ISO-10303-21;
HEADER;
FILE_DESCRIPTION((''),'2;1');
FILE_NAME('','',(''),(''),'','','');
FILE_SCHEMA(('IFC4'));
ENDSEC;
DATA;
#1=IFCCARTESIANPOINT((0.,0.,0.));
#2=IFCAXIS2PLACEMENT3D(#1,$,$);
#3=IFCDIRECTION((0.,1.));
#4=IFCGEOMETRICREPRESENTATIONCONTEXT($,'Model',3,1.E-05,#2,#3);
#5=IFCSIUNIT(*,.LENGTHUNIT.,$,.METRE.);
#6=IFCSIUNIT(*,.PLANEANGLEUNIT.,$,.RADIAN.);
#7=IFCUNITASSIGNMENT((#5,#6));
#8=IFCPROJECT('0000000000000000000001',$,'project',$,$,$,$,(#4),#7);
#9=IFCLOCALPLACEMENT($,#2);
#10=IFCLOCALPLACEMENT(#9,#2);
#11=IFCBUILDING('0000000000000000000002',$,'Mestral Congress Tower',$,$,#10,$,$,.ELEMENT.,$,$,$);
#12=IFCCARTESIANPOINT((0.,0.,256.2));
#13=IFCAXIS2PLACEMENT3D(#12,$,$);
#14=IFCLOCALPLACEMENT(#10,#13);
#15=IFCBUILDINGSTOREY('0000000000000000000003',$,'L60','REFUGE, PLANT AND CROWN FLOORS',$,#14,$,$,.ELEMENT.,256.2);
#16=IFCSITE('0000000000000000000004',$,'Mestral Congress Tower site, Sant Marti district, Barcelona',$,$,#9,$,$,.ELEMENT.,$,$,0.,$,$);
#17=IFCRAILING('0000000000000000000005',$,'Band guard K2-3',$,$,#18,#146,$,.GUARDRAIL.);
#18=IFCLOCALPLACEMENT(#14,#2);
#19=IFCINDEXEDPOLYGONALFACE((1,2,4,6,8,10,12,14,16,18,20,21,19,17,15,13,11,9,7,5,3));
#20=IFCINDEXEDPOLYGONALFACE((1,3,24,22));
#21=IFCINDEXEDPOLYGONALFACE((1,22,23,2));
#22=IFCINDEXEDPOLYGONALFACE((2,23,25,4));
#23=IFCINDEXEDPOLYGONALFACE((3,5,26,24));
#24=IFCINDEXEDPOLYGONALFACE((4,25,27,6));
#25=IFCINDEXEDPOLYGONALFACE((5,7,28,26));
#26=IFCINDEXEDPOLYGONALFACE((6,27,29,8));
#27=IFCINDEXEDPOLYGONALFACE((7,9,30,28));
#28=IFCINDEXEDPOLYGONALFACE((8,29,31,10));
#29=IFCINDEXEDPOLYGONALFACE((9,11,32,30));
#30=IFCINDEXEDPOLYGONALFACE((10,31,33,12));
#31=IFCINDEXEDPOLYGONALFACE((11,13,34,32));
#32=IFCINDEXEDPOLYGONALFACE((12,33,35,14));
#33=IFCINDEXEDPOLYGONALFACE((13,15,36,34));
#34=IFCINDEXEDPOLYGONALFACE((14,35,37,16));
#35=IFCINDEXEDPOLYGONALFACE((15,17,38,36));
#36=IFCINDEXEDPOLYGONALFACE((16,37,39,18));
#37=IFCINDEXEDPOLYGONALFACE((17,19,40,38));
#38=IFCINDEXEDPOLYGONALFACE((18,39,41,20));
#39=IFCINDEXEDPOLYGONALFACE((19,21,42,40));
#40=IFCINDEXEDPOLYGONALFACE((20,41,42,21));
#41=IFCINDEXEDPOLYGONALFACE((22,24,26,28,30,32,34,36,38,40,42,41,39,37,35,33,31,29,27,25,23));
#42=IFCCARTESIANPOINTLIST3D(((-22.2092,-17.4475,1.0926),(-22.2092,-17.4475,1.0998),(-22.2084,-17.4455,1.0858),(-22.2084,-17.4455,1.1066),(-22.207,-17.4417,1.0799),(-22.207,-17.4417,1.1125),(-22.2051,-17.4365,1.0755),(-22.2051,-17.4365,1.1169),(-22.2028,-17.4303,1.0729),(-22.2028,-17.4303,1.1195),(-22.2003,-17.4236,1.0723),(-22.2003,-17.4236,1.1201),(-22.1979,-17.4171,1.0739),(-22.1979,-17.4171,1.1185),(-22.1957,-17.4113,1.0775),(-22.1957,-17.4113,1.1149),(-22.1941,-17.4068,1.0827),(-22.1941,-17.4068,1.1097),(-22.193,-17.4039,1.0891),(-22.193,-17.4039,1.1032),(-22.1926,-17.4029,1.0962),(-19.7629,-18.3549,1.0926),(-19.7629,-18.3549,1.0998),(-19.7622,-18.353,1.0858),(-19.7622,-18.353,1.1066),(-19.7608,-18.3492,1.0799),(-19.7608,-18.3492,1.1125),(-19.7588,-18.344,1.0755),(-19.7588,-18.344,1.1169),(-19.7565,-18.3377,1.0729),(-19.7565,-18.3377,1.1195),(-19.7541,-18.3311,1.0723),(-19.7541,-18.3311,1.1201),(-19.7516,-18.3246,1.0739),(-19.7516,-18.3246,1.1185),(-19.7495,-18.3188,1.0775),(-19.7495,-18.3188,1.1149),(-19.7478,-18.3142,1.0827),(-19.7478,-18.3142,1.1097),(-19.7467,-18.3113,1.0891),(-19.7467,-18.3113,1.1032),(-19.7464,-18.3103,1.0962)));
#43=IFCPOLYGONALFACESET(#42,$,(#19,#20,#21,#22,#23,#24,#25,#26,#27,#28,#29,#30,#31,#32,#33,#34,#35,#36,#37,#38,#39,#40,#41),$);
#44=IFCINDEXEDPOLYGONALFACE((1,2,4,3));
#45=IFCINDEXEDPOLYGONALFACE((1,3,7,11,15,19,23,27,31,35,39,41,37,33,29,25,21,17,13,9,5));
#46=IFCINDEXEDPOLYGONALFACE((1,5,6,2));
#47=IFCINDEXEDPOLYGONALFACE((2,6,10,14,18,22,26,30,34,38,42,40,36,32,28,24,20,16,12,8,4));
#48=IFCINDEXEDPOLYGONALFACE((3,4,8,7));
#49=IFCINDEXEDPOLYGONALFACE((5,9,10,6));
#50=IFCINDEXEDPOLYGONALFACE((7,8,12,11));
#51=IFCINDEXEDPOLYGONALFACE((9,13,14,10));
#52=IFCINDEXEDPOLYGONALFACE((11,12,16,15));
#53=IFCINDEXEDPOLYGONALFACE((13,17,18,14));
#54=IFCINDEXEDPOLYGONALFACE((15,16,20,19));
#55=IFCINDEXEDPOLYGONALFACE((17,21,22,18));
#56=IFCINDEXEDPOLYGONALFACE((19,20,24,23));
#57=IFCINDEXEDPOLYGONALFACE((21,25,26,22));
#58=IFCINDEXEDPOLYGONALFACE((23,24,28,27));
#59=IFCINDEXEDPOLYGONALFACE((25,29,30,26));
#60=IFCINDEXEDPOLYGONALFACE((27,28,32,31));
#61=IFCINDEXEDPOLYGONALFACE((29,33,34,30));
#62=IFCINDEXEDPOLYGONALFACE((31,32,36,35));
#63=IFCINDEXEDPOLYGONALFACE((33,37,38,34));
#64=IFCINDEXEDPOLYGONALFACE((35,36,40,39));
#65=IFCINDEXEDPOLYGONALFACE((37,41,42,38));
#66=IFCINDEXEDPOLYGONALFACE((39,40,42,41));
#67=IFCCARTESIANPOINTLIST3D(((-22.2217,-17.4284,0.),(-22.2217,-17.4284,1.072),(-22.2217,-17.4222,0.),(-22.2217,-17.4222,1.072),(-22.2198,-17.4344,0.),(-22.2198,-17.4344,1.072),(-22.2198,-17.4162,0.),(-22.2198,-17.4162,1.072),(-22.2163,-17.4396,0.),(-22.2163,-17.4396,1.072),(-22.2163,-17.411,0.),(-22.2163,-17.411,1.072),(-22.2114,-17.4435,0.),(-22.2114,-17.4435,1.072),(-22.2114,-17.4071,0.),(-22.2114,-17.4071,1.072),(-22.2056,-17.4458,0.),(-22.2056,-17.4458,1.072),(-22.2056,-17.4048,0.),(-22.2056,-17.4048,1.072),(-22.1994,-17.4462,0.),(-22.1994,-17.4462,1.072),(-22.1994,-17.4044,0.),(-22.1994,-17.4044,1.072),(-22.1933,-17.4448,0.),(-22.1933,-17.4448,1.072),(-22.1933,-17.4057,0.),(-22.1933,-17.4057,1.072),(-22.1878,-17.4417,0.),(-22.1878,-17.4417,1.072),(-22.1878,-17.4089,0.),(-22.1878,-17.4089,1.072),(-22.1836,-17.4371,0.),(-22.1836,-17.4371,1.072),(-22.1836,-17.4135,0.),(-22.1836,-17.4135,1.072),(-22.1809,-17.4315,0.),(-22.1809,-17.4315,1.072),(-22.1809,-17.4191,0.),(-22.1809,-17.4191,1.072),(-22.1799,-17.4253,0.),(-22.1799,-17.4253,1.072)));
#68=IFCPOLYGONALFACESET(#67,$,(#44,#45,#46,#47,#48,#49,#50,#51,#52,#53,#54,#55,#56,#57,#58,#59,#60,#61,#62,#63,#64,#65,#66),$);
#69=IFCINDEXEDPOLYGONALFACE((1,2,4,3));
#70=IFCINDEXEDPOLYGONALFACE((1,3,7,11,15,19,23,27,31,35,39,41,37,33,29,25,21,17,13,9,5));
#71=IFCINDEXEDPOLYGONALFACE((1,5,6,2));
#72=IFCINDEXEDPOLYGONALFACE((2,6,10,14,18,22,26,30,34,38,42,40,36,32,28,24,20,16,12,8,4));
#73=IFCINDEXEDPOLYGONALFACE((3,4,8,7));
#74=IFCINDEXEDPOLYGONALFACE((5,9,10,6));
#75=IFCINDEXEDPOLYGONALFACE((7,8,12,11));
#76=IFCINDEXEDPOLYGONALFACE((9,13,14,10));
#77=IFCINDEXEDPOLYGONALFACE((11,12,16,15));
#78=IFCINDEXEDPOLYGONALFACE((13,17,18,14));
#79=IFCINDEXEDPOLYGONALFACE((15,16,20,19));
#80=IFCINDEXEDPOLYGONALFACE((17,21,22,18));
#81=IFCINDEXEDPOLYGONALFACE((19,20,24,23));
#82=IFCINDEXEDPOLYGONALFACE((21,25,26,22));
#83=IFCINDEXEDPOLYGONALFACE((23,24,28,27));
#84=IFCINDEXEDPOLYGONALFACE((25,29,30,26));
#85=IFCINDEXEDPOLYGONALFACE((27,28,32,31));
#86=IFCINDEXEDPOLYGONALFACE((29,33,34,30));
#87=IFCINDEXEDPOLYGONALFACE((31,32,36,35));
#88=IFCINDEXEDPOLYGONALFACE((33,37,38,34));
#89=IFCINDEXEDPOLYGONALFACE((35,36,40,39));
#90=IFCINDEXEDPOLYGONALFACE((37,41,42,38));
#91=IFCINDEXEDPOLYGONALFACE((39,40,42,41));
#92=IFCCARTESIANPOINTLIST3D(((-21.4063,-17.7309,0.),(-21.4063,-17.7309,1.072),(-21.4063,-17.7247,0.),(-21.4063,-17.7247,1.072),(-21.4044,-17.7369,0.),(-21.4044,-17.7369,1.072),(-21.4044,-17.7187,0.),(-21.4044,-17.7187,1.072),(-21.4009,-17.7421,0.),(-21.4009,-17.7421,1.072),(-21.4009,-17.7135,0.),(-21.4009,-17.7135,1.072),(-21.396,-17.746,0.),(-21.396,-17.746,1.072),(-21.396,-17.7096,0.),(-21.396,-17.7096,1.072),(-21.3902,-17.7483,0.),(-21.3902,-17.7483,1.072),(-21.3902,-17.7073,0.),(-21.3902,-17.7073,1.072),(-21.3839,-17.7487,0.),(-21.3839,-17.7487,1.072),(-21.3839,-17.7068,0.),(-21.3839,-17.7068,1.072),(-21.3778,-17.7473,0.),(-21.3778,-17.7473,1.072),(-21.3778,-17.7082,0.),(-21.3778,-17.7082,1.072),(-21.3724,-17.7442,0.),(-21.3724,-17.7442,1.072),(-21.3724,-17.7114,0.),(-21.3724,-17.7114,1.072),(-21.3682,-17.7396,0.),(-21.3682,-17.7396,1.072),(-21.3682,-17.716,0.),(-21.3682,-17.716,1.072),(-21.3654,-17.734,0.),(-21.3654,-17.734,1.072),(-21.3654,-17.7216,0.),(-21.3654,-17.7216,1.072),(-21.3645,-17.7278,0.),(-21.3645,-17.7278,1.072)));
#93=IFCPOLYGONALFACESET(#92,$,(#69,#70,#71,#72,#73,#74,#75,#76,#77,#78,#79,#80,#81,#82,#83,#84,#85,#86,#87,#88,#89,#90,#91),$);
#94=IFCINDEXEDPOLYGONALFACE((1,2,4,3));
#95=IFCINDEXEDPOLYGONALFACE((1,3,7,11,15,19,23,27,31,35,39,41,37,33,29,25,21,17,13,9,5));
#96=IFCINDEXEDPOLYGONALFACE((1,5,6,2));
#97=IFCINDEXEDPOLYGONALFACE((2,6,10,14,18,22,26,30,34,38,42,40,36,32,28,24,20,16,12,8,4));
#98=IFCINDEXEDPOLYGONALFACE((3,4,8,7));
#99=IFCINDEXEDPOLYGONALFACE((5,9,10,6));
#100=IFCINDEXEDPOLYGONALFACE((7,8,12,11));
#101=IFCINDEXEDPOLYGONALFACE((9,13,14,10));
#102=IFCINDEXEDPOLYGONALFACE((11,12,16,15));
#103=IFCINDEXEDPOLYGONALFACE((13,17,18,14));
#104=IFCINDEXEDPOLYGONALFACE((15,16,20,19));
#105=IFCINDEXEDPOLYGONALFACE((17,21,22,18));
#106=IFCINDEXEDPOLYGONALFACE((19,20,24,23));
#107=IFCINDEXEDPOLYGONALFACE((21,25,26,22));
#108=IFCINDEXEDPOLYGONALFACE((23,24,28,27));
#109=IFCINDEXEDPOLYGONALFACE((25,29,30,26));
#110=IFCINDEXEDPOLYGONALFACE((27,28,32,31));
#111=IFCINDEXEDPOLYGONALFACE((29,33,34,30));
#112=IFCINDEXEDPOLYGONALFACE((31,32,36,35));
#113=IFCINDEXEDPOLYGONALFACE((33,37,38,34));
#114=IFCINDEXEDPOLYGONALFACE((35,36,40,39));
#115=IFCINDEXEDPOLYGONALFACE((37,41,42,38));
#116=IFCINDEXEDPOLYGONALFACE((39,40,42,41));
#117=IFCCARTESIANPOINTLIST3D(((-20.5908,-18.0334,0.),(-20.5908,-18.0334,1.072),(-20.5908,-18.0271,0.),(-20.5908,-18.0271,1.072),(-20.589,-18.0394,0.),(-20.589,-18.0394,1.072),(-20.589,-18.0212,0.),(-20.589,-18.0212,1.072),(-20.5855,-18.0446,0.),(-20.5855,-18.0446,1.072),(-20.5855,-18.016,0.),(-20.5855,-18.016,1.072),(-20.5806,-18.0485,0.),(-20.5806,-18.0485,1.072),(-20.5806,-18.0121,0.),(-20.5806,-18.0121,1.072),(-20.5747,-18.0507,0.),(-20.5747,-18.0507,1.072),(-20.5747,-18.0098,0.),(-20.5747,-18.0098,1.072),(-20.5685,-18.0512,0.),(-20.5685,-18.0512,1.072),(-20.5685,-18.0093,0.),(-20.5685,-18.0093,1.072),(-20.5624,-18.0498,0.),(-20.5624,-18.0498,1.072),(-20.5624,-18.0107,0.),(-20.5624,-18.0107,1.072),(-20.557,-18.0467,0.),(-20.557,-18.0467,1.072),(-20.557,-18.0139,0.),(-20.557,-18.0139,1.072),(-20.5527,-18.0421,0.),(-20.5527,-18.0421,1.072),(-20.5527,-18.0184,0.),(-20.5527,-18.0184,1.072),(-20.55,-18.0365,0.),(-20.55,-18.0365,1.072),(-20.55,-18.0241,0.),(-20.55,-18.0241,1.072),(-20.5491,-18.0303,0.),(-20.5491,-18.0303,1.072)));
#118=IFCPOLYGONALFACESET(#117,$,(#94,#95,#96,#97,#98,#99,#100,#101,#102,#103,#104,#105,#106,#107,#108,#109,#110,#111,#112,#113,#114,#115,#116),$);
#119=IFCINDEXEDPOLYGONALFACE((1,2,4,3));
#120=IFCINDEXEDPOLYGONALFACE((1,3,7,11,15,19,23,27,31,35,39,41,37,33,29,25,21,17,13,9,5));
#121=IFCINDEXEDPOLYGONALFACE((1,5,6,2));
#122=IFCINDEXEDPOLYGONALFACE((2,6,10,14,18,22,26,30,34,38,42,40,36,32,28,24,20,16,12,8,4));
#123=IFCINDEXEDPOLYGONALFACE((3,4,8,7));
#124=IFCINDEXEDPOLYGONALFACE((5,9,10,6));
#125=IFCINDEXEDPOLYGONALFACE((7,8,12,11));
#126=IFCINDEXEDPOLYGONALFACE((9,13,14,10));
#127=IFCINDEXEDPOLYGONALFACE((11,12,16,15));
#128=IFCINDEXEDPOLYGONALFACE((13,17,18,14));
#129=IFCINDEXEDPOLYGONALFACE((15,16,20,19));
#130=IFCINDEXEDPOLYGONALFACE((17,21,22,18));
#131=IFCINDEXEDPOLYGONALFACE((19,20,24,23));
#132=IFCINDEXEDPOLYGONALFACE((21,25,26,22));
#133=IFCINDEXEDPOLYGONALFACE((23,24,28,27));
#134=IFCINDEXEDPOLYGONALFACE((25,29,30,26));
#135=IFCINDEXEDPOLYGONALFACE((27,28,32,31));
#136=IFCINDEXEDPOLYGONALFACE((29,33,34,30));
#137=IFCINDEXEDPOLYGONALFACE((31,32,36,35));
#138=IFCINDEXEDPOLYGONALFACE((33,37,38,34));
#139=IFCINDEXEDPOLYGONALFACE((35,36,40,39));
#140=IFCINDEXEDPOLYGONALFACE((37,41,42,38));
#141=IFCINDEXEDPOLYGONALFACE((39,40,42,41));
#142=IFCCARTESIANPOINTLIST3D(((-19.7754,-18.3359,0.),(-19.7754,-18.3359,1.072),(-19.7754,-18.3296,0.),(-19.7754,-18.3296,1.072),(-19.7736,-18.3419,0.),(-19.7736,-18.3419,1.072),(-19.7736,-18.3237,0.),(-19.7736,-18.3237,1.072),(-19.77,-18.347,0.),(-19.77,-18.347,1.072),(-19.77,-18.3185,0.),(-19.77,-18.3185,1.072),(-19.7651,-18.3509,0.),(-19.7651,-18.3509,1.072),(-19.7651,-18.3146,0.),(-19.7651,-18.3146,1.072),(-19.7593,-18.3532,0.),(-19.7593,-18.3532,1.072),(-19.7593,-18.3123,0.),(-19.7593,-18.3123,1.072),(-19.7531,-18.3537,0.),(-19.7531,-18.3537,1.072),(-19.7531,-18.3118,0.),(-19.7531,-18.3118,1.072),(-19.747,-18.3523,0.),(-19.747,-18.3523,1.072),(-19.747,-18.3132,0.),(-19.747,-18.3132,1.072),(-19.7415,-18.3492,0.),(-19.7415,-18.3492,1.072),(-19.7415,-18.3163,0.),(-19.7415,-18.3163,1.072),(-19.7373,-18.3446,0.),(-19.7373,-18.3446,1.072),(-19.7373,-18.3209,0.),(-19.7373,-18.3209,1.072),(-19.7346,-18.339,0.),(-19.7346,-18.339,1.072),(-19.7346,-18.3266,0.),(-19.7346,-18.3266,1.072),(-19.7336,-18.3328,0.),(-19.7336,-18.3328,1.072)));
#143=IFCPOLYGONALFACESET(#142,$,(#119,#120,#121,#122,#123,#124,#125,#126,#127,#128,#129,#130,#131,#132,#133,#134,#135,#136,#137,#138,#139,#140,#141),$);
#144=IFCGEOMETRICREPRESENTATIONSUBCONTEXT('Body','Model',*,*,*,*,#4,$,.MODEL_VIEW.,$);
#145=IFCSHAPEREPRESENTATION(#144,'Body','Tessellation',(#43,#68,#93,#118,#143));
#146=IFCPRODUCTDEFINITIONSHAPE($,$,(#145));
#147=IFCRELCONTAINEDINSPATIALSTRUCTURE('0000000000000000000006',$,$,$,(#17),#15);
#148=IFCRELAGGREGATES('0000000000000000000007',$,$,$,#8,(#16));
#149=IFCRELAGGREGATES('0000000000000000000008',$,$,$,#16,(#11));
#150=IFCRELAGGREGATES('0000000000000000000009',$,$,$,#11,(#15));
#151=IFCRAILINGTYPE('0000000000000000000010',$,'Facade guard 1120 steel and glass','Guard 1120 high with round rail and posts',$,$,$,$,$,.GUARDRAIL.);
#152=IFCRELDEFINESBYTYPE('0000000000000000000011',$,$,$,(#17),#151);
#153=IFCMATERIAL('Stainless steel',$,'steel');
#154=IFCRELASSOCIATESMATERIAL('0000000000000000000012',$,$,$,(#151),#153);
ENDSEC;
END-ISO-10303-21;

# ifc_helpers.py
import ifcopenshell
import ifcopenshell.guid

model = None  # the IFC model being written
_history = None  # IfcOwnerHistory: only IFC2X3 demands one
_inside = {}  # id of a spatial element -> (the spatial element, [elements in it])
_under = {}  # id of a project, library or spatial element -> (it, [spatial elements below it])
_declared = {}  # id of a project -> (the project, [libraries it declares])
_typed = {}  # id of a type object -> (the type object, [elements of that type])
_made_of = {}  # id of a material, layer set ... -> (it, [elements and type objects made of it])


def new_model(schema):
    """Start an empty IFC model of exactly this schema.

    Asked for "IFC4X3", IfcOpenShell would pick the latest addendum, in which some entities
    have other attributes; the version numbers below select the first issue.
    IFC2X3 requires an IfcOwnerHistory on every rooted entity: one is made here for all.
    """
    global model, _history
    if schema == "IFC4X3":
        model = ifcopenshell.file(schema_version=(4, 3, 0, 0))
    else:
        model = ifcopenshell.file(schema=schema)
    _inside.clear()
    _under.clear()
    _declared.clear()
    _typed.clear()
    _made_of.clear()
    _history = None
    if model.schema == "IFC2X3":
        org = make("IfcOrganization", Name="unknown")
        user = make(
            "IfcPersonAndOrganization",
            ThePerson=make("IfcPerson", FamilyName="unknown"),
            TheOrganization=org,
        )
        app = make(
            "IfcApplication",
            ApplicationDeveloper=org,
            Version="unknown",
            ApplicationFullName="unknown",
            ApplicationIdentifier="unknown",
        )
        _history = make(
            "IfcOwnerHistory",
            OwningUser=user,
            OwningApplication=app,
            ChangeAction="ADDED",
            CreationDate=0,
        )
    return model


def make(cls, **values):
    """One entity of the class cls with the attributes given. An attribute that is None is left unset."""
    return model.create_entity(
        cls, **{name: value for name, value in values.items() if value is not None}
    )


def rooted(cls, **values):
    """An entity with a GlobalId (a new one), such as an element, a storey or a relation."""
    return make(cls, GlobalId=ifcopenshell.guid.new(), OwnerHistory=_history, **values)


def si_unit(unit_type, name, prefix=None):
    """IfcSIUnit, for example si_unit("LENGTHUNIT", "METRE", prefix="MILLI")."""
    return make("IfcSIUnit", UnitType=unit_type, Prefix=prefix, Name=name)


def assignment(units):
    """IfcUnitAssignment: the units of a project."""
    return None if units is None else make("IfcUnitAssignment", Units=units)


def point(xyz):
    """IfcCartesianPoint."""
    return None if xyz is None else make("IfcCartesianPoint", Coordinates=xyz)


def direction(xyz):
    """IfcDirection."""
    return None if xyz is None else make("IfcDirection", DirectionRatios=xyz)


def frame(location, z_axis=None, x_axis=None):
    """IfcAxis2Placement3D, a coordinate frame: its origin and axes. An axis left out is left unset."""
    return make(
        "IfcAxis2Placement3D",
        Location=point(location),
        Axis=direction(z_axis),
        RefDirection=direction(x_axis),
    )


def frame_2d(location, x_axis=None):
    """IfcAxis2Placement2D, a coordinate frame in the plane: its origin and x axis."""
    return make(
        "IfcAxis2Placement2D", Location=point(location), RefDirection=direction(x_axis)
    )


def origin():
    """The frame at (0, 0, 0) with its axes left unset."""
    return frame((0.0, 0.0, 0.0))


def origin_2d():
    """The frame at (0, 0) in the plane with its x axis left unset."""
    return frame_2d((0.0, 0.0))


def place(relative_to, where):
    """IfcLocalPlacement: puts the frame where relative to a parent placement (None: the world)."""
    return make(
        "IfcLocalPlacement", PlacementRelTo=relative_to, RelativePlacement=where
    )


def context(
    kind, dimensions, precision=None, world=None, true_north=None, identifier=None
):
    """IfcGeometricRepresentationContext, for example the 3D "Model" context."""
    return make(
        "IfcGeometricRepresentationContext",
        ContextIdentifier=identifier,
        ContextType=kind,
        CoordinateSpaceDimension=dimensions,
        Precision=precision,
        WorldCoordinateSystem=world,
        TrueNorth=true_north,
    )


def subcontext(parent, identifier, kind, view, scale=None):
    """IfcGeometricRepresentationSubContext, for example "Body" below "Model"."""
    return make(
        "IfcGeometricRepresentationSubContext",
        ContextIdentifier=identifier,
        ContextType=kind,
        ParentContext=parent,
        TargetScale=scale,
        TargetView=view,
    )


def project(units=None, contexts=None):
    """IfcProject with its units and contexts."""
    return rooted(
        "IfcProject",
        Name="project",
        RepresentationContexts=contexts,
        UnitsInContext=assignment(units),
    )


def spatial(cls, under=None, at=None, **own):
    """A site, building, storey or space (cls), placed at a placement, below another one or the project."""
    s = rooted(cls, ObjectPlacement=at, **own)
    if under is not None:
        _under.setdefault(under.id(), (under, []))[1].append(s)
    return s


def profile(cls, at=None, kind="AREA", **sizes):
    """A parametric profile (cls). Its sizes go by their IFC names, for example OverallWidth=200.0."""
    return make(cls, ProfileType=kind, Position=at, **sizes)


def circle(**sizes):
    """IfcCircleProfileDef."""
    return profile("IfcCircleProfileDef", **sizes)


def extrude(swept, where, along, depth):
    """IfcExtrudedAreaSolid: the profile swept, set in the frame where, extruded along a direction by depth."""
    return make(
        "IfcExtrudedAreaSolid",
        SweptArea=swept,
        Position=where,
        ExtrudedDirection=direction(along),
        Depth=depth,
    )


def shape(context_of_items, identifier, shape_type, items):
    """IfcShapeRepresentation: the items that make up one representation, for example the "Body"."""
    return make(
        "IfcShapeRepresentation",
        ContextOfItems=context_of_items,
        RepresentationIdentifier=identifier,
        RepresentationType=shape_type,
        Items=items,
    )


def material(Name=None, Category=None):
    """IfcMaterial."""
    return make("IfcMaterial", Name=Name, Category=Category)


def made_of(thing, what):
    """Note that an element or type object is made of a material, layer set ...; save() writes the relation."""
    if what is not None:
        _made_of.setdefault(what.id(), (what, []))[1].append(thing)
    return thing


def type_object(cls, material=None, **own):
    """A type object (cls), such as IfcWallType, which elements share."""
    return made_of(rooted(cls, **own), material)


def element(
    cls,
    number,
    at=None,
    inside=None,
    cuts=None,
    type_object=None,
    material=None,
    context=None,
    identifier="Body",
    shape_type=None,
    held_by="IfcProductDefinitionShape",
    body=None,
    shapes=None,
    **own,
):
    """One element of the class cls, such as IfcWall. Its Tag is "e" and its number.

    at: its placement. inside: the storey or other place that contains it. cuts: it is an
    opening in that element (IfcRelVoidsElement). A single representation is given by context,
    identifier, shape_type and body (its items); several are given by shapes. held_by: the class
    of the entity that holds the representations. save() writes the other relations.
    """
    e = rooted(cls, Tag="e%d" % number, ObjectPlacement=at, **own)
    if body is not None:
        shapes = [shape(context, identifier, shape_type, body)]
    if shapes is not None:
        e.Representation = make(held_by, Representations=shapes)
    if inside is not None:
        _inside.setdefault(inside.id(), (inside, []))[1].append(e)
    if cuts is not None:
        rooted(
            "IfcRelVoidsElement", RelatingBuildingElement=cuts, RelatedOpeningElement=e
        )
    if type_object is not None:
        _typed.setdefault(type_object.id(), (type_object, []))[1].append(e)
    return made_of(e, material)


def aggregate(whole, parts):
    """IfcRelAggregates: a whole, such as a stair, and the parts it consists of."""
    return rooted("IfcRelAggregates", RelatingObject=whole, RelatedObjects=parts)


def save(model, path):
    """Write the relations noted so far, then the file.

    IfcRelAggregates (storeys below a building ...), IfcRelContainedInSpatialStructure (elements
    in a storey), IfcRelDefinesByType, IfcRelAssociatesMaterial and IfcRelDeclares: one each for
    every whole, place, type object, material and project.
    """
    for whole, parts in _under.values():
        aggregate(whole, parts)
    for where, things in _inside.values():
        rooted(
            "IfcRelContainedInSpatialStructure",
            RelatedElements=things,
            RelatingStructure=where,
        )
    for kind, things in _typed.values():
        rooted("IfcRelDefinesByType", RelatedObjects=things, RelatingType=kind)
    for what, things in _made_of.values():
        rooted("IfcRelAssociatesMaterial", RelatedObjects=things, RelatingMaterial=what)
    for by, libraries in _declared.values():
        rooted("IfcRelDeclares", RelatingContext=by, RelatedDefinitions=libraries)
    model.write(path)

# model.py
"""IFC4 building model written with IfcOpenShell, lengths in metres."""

from ifc_helpers import new_model, si_unit, direction, frame, origin, origin_2d, place, context, subcontext, project, spatial, circle, extrude, material, type_object, element, save


model = new_model("IFC4")

# Units and contexts
model_context = context("Model", 3, precision=1e-05, world=origin(), true_north=direction((0.0, 1.0)))
body_context = subcontext(model_context, "Body", "Model", "MODEL_VIEW")
ifc_project = project(units=[si_unit("LENGTHUNIT", "METRE"), si_unit("PLANEANGLEUNIT", "RADIAN")], contexts=[model_context])

# Site, building, storey
site_placement = place(None, origin())
site = spatial("IfcSite", under=ifc_project, at=site_placement, Name="Mestral Congress Tower site, Sant Marti district, Barcelona", CompositionType="ELEMENT", RefElevation=0.0)
building_placement = place(site_placement, origin())
building = spatial("IfcBuilding", under=site, at=building_placement, Name="Mestral Congress Tower", CompositionType="ELEMENT")
storey_placement = place(building_placement, frame((0.0, 0.0, 256.2)))
storey = spatial("IfcBuildingStorey", under=building, at=storey_placement, Name="L60", Description="REFUGE, PLANT AND CROWN FLOORS", CompositionType="ELEMENT", Elevation=256.2)

# Railing
ifc_material_1 = material(Name="Stainless steel", Category="steel")
railing_type = type_object("IfcRailingType", Name="Facade guard 1120 steel and glass", Description="Guard 1120 high with round rail and posts", PredefinedType="GUARDRAIL", material=ifc_material_1)
railing_1_placement = place(storey_placement, frame((-22.2009, -17.4253, 0.0)))
element("IfcRailing", 1, at=railing_1_placement, inside=storey, type_object=railing_type, Name="Band guard K2-3", PredefinedType="GUARDRAIL", context=body_context, shape_type="SweptSolid", body=[
    extrude(circle(Radius=0.0239, at=origin_2d()), frame((0.0, 0.0, 1.0962), z_axis=(0.937569, -0.347799, 0.0), x_axis=(0.347799, 0.937569, 0.0)), (0.0, 0.0, 1.0), 2.6091),
    extrude(circle(Radius=0.021, at=origin_2d()), origin(), (0.0, 0.0, 1.0), 1.072),
    extrude(circle(Radius=0.021, at=origin_2d()), frame((0.8154, -0.3025, 0.0)), (0.0, 0.0, 1.0), 1.072),
    extrude(circle(Radius=0.021, at=origin_2d()), frame((1.6309, -0.605, 0.0)), (0.0, 0.0, 1.0), 1.072),
    extrude(circle(Radius=0.021, at=origin_2d()), frame((2.4463, -0.9075, 0.0)), (0.0, 0.0, 1.0), 1.072),
])

save(model, "model.ifc")
